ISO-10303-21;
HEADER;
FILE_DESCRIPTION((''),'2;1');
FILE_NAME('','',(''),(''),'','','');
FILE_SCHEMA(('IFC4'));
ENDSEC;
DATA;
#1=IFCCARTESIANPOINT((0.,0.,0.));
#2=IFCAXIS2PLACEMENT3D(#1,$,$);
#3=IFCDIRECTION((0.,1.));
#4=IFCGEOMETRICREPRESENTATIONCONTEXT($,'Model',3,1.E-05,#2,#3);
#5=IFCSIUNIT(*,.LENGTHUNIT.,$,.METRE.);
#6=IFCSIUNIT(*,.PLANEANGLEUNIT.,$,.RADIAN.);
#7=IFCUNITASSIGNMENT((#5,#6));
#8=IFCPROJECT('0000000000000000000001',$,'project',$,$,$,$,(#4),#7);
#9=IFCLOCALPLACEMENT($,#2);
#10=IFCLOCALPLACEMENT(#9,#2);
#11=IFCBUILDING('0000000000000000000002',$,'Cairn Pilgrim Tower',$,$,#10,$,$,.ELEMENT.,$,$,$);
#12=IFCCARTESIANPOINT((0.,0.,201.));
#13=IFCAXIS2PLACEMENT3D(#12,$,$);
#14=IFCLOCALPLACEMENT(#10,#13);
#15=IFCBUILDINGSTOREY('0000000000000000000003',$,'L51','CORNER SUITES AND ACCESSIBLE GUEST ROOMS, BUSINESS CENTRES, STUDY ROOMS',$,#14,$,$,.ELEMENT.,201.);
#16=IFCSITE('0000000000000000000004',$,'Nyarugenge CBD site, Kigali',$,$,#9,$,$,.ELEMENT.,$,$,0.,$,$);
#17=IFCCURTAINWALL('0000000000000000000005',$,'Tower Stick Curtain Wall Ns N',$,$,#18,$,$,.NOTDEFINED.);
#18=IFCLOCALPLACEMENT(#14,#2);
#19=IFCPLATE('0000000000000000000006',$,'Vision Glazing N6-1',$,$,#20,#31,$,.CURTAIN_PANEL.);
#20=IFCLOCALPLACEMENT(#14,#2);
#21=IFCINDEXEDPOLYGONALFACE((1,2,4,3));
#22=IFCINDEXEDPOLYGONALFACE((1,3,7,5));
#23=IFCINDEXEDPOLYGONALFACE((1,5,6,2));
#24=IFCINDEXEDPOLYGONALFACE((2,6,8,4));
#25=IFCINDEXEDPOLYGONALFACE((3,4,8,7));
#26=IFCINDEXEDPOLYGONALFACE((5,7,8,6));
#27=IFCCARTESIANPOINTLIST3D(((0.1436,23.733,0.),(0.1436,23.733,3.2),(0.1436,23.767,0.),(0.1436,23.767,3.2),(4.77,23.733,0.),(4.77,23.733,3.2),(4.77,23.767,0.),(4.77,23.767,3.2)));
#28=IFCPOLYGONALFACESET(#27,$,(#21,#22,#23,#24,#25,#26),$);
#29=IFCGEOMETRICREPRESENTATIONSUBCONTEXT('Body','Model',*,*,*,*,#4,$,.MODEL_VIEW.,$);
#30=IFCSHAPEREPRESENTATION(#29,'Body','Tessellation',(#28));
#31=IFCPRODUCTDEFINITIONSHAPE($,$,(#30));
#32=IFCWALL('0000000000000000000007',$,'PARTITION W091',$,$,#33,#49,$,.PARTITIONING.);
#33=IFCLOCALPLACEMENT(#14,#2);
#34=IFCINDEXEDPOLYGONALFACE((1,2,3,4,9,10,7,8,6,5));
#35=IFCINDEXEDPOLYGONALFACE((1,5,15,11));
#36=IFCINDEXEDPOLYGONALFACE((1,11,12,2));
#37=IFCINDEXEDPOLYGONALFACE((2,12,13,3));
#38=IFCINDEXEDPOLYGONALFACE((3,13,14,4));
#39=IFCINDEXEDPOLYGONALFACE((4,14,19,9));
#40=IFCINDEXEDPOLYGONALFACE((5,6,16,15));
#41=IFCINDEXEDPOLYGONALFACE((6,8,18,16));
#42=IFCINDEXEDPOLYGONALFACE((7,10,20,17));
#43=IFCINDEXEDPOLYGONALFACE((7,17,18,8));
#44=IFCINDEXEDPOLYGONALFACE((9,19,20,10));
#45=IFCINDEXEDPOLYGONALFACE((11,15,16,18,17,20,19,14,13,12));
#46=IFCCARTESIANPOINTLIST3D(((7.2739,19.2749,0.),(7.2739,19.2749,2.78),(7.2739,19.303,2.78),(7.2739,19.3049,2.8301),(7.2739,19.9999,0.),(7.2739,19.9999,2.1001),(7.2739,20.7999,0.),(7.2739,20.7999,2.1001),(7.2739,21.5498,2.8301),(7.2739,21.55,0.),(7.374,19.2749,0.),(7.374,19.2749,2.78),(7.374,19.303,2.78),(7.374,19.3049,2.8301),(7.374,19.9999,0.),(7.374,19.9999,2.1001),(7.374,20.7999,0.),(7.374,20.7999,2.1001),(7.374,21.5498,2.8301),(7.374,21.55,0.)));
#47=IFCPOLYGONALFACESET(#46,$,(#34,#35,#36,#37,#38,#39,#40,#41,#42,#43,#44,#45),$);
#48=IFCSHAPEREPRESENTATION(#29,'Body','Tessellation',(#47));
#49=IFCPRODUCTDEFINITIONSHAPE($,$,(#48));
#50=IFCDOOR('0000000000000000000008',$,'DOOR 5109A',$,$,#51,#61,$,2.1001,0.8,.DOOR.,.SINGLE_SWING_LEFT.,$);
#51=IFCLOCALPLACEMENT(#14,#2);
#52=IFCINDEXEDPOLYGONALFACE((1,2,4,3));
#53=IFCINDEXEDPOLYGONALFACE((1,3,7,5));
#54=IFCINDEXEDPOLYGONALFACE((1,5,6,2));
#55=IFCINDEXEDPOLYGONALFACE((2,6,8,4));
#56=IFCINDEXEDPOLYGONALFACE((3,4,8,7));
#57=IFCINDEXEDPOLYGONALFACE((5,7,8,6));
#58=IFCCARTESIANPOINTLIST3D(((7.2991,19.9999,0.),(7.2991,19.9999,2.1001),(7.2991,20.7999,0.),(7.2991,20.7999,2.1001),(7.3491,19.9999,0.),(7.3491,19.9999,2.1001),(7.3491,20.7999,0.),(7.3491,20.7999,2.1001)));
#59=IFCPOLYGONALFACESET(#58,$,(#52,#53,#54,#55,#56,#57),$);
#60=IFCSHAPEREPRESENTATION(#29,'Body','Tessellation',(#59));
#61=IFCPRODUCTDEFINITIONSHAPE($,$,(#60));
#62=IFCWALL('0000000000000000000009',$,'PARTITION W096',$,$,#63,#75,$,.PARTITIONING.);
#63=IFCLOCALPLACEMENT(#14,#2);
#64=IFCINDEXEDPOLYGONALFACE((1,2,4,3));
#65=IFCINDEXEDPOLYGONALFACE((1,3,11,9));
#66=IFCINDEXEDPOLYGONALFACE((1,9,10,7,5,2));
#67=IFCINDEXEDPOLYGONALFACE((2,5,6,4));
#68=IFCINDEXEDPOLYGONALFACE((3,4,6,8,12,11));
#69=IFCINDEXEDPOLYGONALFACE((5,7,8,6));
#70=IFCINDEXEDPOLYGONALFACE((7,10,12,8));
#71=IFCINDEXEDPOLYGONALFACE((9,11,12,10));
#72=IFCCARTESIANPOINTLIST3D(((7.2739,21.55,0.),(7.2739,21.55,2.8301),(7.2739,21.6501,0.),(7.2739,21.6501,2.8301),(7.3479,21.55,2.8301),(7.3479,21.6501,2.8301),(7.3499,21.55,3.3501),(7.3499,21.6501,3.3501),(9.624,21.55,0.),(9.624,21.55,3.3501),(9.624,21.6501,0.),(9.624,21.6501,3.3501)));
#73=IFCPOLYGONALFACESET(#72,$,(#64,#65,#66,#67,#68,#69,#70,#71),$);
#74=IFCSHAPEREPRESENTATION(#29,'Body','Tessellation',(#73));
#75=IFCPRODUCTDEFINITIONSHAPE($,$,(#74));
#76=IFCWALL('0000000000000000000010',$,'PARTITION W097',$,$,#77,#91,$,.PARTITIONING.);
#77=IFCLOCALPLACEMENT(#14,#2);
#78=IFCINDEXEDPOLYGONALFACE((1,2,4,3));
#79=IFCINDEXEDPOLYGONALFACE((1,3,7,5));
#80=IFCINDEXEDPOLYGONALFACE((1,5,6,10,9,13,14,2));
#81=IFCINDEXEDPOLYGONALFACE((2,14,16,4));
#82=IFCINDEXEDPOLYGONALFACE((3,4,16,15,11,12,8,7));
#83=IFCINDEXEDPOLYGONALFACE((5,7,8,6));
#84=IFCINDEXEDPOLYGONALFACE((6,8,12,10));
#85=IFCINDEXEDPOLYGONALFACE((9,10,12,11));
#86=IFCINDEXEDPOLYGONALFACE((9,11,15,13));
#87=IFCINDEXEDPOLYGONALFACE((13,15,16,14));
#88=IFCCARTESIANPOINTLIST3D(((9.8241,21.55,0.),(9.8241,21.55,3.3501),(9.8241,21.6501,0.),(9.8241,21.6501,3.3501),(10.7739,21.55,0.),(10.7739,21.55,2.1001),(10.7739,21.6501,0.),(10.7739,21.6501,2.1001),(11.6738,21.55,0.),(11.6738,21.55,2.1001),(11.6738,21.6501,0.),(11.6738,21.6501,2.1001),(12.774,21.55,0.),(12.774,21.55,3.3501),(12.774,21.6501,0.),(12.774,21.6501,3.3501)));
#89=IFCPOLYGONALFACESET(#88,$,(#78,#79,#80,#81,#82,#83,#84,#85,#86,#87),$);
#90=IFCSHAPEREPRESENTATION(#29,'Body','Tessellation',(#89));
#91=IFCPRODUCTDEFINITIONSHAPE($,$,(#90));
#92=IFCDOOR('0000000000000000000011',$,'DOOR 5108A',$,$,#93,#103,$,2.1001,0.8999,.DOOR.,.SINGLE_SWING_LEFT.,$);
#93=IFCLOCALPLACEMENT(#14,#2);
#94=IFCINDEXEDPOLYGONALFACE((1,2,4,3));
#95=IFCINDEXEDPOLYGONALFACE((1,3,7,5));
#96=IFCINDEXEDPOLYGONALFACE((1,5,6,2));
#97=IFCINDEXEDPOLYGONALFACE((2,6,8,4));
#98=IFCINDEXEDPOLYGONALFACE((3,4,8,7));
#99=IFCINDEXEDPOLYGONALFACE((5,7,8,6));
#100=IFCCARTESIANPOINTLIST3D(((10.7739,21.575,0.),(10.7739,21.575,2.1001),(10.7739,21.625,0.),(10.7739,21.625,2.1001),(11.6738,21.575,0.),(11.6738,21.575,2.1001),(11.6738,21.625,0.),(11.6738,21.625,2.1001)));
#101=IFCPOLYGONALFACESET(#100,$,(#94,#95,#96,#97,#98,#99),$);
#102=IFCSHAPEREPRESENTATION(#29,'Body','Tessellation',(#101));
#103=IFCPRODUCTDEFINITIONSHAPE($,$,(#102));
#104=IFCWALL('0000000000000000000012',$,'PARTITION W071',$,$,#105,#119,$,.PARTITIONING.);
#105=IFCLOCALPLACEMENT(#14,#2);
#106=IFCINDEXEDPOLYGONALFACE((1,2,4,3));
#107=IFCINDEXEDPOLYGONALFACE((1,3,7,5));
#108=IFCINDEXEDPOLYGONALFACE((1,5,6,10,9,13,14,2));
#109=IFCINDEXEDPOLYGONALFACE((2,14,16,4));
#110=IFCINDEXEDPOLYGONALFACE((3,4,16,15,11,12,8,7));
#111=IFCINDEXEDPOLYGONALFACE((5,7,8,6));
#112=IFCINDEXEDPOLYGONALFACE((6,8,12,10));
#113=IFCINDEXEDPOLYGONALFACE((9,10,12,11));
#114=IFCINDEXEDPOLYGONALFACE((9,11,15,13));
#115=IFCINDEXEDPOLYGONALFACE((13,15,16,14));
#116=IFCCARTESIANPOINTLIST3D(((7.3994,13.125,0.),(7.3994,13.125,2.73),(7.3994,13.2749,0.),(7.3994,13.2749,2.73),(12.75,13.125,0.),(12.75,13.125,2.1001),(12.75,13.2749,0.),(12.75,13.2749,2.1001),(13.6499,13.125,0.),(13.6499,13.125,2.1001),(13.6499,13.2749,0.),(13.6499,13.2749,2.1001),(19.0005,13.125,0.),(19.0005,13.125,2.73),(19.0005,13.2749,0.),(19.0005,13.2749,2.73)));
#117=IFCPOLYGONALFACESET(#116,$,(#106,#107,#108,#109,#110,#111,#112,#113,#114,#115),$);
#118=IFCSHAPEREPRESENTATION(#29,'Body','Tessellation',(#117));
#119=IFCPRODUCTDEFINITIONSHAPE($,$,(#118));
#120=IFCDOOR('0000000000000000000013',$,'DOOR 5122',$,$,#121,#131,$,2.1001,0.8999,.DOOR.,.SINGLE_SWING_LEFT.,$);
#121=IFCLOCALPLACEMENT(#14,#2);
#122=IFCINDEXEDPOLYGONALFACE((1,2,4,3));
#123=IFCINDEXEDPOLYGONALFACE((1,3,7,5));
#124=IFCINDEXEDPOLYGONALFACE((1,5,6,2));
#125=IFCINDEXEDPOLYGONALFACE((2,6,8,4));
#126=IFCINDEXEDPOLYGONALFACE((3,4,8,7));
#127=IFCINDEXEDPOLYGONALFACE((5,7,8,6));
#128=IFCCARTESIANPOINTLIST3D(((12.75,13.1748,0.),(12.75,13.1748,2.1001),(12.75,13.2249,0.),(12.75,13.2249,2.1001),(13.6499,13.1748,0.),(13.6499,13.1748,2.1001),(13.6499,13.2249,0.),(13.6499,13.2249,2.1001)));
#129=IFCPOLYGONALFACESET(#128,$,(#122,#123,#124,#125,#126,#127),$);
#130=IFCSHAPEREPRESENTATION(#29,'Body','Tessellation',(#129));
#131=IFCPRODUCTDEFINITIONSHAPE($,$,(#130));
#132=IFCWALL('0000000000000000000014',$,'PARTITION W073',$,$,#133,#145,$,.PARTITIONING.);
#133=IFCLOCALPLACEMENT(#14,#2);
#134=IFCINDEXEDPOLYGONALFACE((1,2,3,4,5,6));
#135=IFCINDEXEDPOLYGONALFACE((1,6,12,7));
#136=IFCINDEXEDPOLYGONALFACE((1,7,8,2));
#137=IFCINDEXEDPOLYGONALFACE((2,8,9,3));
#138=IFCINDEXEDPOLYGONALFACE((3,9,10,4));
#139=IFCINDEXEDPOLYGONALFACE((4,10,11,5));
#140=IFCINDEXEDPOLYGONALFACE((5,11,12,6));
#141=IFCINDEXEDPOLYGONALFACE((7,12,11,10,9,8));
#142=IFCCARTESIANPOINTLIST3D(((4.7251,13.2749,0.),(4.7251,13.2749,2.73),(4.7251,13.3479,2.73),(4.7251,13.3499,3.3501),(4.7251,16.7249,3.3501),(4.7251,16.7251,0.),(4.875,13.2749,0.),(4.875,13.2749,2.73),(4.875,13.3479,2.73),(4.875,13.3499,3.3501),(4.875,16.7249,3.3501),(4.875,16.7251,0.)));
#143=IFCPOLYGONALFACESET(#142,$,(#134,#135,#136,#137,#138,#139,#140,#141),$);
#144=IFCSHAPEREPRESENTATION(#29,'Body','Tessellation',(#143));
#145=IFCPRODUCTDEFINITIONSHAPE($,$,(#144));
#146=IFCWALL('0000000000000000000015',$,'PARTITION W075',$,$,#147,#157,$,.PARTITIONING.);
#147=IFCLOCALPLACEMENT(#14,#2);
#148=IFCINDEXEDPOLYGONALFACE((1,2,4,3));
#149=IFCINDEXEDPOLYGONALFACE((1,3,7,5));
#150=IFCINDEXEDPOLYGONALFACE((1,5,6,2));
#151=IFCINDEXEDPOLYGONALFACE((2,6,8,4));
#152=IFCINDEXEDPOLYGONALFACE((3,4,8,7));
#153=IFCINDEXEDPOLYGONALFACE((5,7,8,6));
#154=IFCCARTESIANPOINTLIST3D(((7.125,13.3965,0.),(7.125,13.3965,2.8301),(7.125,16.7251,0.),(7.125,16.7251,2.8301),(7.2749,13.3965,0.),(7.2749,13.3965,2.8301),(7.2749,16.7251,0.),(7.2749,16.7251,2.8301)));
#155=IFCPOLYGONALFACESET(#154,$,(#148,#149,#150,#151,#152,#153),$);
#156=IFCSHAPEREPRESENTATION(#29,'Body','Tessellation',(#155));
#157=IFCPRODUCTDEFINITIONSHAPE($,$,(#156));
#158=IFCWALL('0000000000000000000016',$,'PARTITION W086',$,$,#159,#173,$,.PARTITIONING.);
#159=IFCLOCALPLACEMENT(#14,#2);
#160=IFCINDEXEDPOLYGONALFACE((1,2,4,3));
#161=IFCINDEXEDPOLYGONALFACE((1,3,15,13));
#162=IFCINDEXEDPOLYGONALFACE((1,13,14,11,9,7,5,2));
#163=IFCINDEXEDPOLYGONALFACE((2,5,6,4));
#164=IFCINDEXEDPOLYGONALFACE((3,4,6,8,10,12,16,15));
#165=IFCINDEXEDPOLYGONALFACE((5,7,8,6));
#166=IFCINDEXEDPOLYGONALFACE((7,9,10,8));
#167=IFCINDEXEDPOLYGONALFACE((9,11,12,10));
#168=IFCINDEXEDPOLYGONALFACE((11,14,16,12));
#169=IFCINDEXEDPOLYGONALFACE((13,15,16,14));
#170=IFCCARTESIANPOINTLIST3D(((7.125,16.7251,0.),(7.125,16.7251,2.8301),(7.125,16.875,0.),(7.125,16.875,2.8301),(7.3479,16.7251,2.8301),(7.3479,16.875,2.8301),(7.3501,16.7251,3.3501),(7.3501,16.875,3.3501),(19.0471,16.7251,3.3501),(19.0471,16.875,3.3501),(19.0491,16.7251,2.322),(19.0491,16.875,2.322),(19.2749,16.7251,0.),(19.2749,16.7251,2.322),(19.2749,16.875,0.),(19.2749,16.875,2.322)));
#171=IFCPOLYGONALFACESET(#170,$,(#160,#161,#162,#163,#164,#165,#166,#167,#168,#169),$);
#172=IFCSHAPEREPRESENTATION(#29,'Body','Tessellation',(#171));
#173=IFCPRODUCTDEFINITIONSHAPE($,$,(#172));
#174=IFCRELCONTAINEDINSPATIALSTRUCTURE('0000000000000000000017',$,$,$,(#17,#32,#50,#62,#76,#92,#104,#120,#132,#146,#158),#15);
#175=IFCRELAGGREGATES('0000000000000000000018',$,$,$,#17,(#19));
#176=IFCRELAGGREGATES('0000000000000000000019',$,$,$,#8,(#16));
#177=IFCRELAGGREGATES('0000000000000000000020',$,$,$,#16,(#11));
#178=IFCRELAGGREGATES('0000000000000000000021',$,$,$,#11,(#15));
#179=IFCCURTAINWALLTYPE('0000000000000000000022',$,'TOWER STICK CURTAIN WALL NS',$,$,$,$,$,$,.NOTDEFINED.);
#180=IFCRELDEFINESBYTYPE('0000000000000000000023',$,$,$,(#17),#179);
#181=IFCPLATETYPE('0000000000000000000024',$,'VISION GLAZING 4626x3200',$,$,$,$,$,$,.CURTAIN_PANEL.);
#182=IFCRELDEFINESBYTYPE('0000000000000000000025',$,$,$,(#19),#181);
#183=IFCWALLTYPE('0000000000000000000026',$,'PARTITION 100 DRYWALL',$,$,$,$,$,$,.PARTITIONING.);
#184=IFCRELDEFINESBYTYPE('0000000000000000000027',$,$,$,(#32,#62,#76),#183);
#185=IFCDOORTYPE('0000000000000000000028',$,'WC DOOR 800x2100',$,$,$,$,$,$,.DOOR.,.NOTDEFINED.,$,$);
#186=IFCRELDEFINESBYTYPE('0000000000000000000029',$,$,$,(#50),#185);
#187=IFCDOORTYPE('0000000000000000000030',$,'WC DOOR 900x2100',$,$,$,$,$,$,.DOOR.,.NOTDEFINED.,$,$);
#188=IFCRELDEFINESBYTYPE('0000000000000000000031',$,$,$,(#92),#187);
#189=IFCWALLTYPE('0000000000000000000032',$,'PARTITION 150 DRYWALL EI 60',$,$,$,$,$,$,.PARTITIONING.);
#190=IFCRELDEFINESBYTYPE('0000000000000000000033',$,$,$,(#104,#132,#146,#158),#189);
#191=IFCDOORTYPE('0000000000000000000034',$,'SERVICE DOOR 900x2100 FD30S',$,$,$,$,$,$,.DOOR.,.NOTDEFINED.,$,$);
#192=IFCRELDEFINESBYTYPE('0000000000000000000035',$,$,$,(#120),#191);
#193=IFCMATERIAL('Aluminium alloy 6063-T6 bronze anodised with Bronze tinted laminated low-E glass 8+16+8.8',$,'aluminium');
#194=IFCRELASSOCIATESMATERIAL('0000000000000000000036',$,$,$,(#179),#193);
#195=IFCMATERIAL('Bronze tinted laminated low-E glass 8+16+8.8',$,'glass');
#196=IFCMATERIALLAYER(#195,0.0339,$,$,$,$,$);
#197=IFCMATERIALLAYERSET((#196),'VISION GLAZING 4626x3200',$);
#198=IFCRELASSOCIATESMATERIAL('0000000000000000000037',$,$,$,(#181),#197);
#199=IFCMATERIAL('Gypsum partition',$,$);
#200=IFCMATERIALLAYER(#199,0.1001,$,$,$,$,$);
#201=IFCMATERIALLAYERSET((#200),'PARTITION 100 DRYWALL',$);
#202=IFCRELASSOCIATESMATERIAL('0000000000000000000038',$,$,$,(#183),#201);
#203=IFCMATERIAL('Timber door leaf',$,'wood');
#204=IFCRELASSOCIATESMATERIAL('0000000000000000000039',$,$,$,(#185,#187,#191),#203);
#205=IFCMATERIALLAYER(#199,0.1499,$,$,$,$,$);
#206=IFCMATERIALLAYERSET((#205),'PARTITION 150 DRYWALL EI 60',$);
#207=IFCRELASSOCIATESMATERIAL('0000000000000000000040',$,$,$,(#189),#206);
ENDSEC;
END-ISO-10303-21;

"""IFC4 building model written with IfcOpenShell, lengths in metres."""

from ifc_helpers import new_model, si_unit, direction, frame, frame_2d, origin, origin_2d, place, context, subcontext, project, spatial, polyline, rectangle, outline, extrude, material, layer, layer_set, type_object, element, fill, aggregate, save


model = new_model("IFC4")

# Units and contexts
model_context = context("Model", 3, precision=1e-05, world=origin(), true_north=direction((0.0, 1.0)))
body_context = subcontext(model_context, "Body", "Model", "MODEL_VIEW")
ifc_project = project(units=[si_unit("LENGTHUNIT", "METRE"), si_unit("PLANEANGLEUNIT", "RADIAN")], contexts=[model_context])

# Site, building, storey
site_placement = place(None, origin())
site = spatial("IfcSite", under=ifc_project, at=site_placement, Name="Nyarugenge CBD site, Kigali", CompositionType="ELEMENT", RefElevation=0.0)
building_placement = place(site_placement, origin())
building = spatial("IfcBuilding", under=site, at=building_placement, Name="Cairn Pilgrim Tower", CompositionType="ELEMENT")
storey_placement = place(building_placement, frame((0.0, 0.0, 201.0)))
storey = spatial("IfcBuildingStorey", under=building, at=storey_placement, Name="L51", Description="CORNER SUITES AND ACCESSIBLE GUEST ROOMS, BUSINESS CENTRES, STUDY ROOMS", CompositionType="ELEMENT", Elevation=201.0)

# Curtain wall
ifc_material_1 = material(Name="Aluminium alloy 6063-T6 bronze anodised with Bronze tinted laminated low-E glass 8+16+8.8", Category="aluminium")
curtain_wall_type_1 = type_object("IfcCurtainWallType", Name="TOWER STICK CURTAIN WALL NS", PredefinedType="NOTDEFINED", material=ifc_material_1)
curtain_wall_1_placement = place(storey_placement, origin())
curtain_wall_1 = element("IfcCurtainWall", 1, at=curtain_wall_1_placement, inside=storey, type_object=curtain_wall_type_1, Name="Tower Stick Curtain Wall Ns N", PredefinedType="NOTDEFINED")

# Plate
ifc_material_2 = material(Name="Bronze tinted laminated low-E glass 8+16+8.8", Category="glass")
ifc_layer_1 = layer(ifc_material_2, 0.0339)
ifc_layer_set_1 = layer_set([ifc_layer_1], Name="VISION GLAZING 4626x3200")
plate_type_1 = type_object("IfcPlateType", Name="VISION GLAZING 4626x3200", PredefinedType="CURTAIN_PANEL", material=ifc_layer_set_1)
plate_1_placement = place(storey_placement, frame((2.4568, 23.75, 0.0), z_axis=(0.0, 0.0, 1.0), x_axis=(-1.0, 0.0, 0.0)))
plate_1 = element("IfcPlate", 2, at=plate_1_placement, type_object=plate_type_1, Name="Vision Glazing N6-1", PredefinedType="CURTAIN_PANEL", context=body_context, shape_type="SweptSolid", body=[
    extrude(rectangle(XDim=4.6265, YDim=0.0339, at=origin_2d()), origin(), (0.0, 0.0, 1.0), 3.2),
])
aggregate(curtain_wall_1, [plate_1])

# Wall, opening, door
ifc_material_3 = material(Name="Gypsum partition")
ifc_layer_2 = layer(ifc_material_3, 0.1001)
ifc_layer_set_2 = layer_set([ifc_layer_2], Name="PARTITION 100 DRYWALL")
wall_type_1 = type_object("IfcWallType", Name="PARTITION 100 DRYWALL", PredefinedType="PARTITIONING", material=ifc_layer_set_2)
wall_1_placement = place(storey_placement, frame((7.324, 19.2749, 0.0), z_axis=(0.0, 0.0, 1.0), x_axis=(0.0, 1.0, 0.0)))
wall_1 = element("IfcWall", 3, at=wall_1_placement, inside=storey, type_object=wall_type_1, Name="PARTITION W091", PredefinedType="PARTITIONING", context=body_context, shape_type="SweptSolid", body=[
    extrude(outline(polyline([(0.0, 0.0), (2.2751, 0.0), (2.2749, 2.8301), (0.03, 2.8301), (0.0281, 2.78), (0.0, 2.78), (0.0, 0.0)])), frame((0.0, 0.05, 0.0), z_axis=(0.0, -1.0, 0.0), x_axis=(1.0, 0.0, 0.0)), (0.0, 0.0, 1.0), 0.1001),
])
opening_1_placement = place(wall_1_placement, frame((0.7251, 0.0, 0.0)))
opening_1 = element("IfcOpeningElement", 4, at=opening_1_placement, cuts=wall_1, PredefinedType="OPENING", context=body_context, shape_type="SweptSolid", body=[
    extrude(rectangle(XDim=0.8, YDim=2.1001, at=frame_2d((0.3999, 1.05))), frame((0.0, 0.0601, 0.0), z_axis=(0.0, -1.0, 0.0), x_axis=(1.0, 0.0, 0.0)), (0.0, 0.0, 1.0), 0.1201),
])
ifc_material_4 = material(Name="Timber door leaf", Category="wood")
door_type_1 = type_object("IfcDoorType", Name="WC DOOR 800x2100", OperationType="NOTDEFINED", PredefinedType="DOOR", material=ifc_material_4)
door_1_placement = place(opening_1_placement, origin())
door_1 = element("IfcDoor", 5, at=door_1_placement, inside=storey, type_object=door_type_1, Name="DOOR 5109A", OperationType="SINGLE_SWING_LEFT", OverallHeight=2.1001, OverallWidth=0.8, PredefinedType="DOOR", context=body_context, shape_type="SweptSolid", body=[
    extrude(rectangle(XDim=0.8, YDim=2.1001, at=frame_2d((0.3999, 1.05))), frame((0.0, 0.0249, 0.0), z_axis=(0.0, -1.0, 0.0), x_axis=(1.0, 0.0, 0.0)), (0.0, 0.0, 1.0), 0.05),
])
fill(opening_1, door_1)

# Wall
wall_2_placement = place(storey_placement, frame((7.2739, 21.6001, 0.0), z_axis=(0.0, 0.0, 1.0), x_axis=(1.0, 0.0, 0.0)))
element("IfcWall", 6, at=wall_2_placement, inside=storey, type_object=wall_type_1, Name="PARTITION W096", PredefinedType="PARTITIONING", context=body_context, shape_type="SweptSolid", body=[
    extrude(outline(polyline([(0.0, 0.0), (2.3501, 0.0), (2.3501, 3.3501), (0.0759, 3.3501), (0.074, 2.8301), (0.0, 2.8301), (0.0, 0.0)])), frame((0.0, 0.05, 0.0), z_axis=(0.0, -1.0, 0.0), x_axis=(1.0, 0.0, 0.0)), (0.0, 0.0, 1.0), 0.1001),
])

# Walls, openings, doors
wall_3_placement = place(storey_placement, frame((9.824, 21.6001, 0.0), z_axis=(0.0, 0.0, 1.0), x_axis=(1.0, 0.0, 0.0)))
wall_3 = element("IfcWall", 7, at=wall_3_placement, inside=storey, type_object=wall_type_1, Name="PARTITION W097", PredefinedType="PARTITIONING", context=body_context, shape_type="SweptSolid", body=[
    extrude(rectangle(XDim=2.95, YDim=0.1001, at=frame_2d((1.4751, 0.0))), origin(), (0.0, 0.0, 1.0), 3.3501),
])
opening_2_placement = place(wall_3_placement, frame((0.95, 0.0, 0.0)))
opening_2 = element("IfcOpeningElement", 8, at=opening_2_placement, cuts=wall_3, PredefinedType="OPENING", context=body_context, shape_type="SweptSolid", body=[
    extrude(rectangle(XDim=0.8999, YDim=2.1001, at=frame_2d((0.45, 1.05))), frame((0.0, 0.0601, 0.0), z_axis=(0.0, -1.0, 0.0), x_axis=(1.0, 0.0, 0.0)), (0.0, 0.0, 1.0), 0.1201),
])
door_type_2 = type_object("IfcDoorType", Name="WC DOOR 900x2100", OperationType="NOTDEFINED", PredefinedType="DOOR", material=ifc_material_4)
door_2_placement = place(opening_2_placement, origin())
door_2 = element("IfcDoor", 9, at=door_2_placement, inside=storey, type_object=door_type_2, Name="DOOR 5108A", OperationType="SINGLE_SWING_LEFT", OverallHeight=2.1001, OverallWidth=0.8999, PredefinedType="DOOR", context=body_context, shape_type="SweptSolid", body=[
    extrude(rectangle(XDim=0.8999, YDim=2.1001, at=frame_2d((0.45, 1.05))), frame((0.0, 0.0249, 0.0), z_axis=(0.0, -1.0, 0.0), x_axis=(1.0, 0.0, 0.0)), (0.0, 0.0, 1.0), 0.05),
])
fill(opening_2, door_2)
ifc_layer_3 = layer(ifc_material_3, 0.1499)
ifc_layer_set_3 = layer_set([ifc_layer_3], Name="PARTITION 150 DRYWALL EI 60")
wall_type_2 = type_object("IfcWallType", Name="PARTITION 150 DRYWALL EI 60", PredefinedType="PARTITIONING", material=ifc_layer_set_3)
wall_4_placement = place(storey_placement, frame((7.3994, 13.2, 0.0), z_axis=(0.0, 0.0, 1.0), x_axis=(1.0, 0.0, 0.0)))
wall_4 = element("IfcWall", 10, at=wall_4_placement, inside=storey, type_object=wall_type_2, Name="PARTITION W071", PredefinedType="PARTITIONING", context=body_context, shape_type="SweptSolid", body=[
    extrude(rectangle(XDim=11.6011, YDim=0.1499, at=frame_2d((5.8005, 0.0))), origin(), (0.0, 0.0, 1.0), 2.73),
])
opening_3_placement = place(wall_4_placement, frame((5.3506, 0.0, 0.0)))
opening_3 = element("IfcOpeningElement", 11, at=opening_3_placement, cuts=wall_4, PredefinedType="OPENING", context=body_context, shape_type="SweptSolid", body=[
    extrude(rectangle(XDim=0.8999, YDim=2.1001, at=frame_2d((0.45, 1.05))), frame((0.0, 0.085, 0.0), z_axis=(0.0, -1.0, 0.0), x_axis=(1.0, 0.0, 0.0)), (0.0, 0.0, 1.0), 0.1699),
])
door_type_3 = type_object("IfcDoorType", Name="SERVICE DOOR 900x2100 FD30S", OperationType="NOTDEFINED", PredefinedType="DOOR", material=ifc_material_4)
door_3_placement = place(opening_3_placement, origin())
door_3 = element("IfcDoor", 12, at=door_3_placement, inside=storey, type_object=door_type_3, Name="DOOR 5122", OperationType="SINGLE_SWING_LEFT", OverallHeight=2.1001, OverallWidth=0.8999, PredefinedType="DOOR", context=body_context, shape_type="SweptSolid", body=[
    extrude(rectangle(XDim=0.8999, YDim=2.1001, at=frame_2d((0.45, 1.05))), frame((0.0, 0.0249, 0.0), z_axis=(0.0, -1.0, 0.0), x_axis=(1.0, 0.0, 0.0)), (0.0, 0.0, 1.0), 0.05),
])
fill(opening_3, door_3)

# Walls
wall_5_placement = place(storey_placement, frame((4.8, 13.2749, 0.0), z_axis=(0.0, 0.0, 1.0), x_axis=(0.0, 1.0, 0.0)))
element("IfcWall", 13, at=wall_5_placement, inside=storey, type_object=wall_type_2, Name="PARTITION W073", PredefinedType="PARTITIONING", context=body_context, shape_type="SweptSolid", body=[
    extrude(outline(polyline([(0.0, 0.0), (3.4502, 0.0), (3.45, 3.3501), (0.075, 3.3501), (0.073, 2.73), (0.0, 2.73), (0.0, 0.0)])), frame((0.0, 0.075, 0.0), z_axis=(0.0, -1.0, 0.0), x_axis=(1.0, 0.0, 0.0)), (0.0, 0.0, 1.0), 0.1499),
])
wall_6_placement = place(storey_placement, frame((7.2, 13.3965, 0.0), z_axis=(0.0, 0.0, 1.0), x_axis=(0.0, 1.0, 0.0)))
element("IfcWall", 14, at=wall_6_placement, inside=storey, type_object=wall_type_2, Name="PARTITION W075", PredefinedType="PARTITIONING", context=body_context, shape_type="SweptSolid", body=[
    extrude(rectangle(XDim=3.3286, YDim=0.1499, at=frame_2d((1.6643, 0.0))), origin(), (0.0, 0.0, 1.0), 2.8301),
])
wall_7_placement = place(storey_placement, frame((7.125, 16.8, 0.0), z_axis=(0.0, 0.0, 1.0), x_axis=(1.0, 0.0, 0.0)))
element("IfcWall", 15, at=wall_7_placement, inside=storey, type_object=wall_type_2, Name="PARTITION W086", PredefinedType="PARTITIONING", context=body_context, shape_type="SweptSolid", body=[
    extrude(outline(polyline([(0.0, 0.0), (12.1499, 0.0), (12.1499, 2.322), (11.9241, 2.322), (11.9221, 3.3501), (0.2251, 3.3501), (0.2229, 2.8301), (0.0, 2.8301), (0.0, 0.0)])), frame((0.0, 0.075, 0.0), z_axis=(0.0, -1.0, 0.0), x_axis=(1.0, 0.0, 0.0)), (0.0, 0.0, 1.0), 0.1499),
])

save(model, "model.ifc")
